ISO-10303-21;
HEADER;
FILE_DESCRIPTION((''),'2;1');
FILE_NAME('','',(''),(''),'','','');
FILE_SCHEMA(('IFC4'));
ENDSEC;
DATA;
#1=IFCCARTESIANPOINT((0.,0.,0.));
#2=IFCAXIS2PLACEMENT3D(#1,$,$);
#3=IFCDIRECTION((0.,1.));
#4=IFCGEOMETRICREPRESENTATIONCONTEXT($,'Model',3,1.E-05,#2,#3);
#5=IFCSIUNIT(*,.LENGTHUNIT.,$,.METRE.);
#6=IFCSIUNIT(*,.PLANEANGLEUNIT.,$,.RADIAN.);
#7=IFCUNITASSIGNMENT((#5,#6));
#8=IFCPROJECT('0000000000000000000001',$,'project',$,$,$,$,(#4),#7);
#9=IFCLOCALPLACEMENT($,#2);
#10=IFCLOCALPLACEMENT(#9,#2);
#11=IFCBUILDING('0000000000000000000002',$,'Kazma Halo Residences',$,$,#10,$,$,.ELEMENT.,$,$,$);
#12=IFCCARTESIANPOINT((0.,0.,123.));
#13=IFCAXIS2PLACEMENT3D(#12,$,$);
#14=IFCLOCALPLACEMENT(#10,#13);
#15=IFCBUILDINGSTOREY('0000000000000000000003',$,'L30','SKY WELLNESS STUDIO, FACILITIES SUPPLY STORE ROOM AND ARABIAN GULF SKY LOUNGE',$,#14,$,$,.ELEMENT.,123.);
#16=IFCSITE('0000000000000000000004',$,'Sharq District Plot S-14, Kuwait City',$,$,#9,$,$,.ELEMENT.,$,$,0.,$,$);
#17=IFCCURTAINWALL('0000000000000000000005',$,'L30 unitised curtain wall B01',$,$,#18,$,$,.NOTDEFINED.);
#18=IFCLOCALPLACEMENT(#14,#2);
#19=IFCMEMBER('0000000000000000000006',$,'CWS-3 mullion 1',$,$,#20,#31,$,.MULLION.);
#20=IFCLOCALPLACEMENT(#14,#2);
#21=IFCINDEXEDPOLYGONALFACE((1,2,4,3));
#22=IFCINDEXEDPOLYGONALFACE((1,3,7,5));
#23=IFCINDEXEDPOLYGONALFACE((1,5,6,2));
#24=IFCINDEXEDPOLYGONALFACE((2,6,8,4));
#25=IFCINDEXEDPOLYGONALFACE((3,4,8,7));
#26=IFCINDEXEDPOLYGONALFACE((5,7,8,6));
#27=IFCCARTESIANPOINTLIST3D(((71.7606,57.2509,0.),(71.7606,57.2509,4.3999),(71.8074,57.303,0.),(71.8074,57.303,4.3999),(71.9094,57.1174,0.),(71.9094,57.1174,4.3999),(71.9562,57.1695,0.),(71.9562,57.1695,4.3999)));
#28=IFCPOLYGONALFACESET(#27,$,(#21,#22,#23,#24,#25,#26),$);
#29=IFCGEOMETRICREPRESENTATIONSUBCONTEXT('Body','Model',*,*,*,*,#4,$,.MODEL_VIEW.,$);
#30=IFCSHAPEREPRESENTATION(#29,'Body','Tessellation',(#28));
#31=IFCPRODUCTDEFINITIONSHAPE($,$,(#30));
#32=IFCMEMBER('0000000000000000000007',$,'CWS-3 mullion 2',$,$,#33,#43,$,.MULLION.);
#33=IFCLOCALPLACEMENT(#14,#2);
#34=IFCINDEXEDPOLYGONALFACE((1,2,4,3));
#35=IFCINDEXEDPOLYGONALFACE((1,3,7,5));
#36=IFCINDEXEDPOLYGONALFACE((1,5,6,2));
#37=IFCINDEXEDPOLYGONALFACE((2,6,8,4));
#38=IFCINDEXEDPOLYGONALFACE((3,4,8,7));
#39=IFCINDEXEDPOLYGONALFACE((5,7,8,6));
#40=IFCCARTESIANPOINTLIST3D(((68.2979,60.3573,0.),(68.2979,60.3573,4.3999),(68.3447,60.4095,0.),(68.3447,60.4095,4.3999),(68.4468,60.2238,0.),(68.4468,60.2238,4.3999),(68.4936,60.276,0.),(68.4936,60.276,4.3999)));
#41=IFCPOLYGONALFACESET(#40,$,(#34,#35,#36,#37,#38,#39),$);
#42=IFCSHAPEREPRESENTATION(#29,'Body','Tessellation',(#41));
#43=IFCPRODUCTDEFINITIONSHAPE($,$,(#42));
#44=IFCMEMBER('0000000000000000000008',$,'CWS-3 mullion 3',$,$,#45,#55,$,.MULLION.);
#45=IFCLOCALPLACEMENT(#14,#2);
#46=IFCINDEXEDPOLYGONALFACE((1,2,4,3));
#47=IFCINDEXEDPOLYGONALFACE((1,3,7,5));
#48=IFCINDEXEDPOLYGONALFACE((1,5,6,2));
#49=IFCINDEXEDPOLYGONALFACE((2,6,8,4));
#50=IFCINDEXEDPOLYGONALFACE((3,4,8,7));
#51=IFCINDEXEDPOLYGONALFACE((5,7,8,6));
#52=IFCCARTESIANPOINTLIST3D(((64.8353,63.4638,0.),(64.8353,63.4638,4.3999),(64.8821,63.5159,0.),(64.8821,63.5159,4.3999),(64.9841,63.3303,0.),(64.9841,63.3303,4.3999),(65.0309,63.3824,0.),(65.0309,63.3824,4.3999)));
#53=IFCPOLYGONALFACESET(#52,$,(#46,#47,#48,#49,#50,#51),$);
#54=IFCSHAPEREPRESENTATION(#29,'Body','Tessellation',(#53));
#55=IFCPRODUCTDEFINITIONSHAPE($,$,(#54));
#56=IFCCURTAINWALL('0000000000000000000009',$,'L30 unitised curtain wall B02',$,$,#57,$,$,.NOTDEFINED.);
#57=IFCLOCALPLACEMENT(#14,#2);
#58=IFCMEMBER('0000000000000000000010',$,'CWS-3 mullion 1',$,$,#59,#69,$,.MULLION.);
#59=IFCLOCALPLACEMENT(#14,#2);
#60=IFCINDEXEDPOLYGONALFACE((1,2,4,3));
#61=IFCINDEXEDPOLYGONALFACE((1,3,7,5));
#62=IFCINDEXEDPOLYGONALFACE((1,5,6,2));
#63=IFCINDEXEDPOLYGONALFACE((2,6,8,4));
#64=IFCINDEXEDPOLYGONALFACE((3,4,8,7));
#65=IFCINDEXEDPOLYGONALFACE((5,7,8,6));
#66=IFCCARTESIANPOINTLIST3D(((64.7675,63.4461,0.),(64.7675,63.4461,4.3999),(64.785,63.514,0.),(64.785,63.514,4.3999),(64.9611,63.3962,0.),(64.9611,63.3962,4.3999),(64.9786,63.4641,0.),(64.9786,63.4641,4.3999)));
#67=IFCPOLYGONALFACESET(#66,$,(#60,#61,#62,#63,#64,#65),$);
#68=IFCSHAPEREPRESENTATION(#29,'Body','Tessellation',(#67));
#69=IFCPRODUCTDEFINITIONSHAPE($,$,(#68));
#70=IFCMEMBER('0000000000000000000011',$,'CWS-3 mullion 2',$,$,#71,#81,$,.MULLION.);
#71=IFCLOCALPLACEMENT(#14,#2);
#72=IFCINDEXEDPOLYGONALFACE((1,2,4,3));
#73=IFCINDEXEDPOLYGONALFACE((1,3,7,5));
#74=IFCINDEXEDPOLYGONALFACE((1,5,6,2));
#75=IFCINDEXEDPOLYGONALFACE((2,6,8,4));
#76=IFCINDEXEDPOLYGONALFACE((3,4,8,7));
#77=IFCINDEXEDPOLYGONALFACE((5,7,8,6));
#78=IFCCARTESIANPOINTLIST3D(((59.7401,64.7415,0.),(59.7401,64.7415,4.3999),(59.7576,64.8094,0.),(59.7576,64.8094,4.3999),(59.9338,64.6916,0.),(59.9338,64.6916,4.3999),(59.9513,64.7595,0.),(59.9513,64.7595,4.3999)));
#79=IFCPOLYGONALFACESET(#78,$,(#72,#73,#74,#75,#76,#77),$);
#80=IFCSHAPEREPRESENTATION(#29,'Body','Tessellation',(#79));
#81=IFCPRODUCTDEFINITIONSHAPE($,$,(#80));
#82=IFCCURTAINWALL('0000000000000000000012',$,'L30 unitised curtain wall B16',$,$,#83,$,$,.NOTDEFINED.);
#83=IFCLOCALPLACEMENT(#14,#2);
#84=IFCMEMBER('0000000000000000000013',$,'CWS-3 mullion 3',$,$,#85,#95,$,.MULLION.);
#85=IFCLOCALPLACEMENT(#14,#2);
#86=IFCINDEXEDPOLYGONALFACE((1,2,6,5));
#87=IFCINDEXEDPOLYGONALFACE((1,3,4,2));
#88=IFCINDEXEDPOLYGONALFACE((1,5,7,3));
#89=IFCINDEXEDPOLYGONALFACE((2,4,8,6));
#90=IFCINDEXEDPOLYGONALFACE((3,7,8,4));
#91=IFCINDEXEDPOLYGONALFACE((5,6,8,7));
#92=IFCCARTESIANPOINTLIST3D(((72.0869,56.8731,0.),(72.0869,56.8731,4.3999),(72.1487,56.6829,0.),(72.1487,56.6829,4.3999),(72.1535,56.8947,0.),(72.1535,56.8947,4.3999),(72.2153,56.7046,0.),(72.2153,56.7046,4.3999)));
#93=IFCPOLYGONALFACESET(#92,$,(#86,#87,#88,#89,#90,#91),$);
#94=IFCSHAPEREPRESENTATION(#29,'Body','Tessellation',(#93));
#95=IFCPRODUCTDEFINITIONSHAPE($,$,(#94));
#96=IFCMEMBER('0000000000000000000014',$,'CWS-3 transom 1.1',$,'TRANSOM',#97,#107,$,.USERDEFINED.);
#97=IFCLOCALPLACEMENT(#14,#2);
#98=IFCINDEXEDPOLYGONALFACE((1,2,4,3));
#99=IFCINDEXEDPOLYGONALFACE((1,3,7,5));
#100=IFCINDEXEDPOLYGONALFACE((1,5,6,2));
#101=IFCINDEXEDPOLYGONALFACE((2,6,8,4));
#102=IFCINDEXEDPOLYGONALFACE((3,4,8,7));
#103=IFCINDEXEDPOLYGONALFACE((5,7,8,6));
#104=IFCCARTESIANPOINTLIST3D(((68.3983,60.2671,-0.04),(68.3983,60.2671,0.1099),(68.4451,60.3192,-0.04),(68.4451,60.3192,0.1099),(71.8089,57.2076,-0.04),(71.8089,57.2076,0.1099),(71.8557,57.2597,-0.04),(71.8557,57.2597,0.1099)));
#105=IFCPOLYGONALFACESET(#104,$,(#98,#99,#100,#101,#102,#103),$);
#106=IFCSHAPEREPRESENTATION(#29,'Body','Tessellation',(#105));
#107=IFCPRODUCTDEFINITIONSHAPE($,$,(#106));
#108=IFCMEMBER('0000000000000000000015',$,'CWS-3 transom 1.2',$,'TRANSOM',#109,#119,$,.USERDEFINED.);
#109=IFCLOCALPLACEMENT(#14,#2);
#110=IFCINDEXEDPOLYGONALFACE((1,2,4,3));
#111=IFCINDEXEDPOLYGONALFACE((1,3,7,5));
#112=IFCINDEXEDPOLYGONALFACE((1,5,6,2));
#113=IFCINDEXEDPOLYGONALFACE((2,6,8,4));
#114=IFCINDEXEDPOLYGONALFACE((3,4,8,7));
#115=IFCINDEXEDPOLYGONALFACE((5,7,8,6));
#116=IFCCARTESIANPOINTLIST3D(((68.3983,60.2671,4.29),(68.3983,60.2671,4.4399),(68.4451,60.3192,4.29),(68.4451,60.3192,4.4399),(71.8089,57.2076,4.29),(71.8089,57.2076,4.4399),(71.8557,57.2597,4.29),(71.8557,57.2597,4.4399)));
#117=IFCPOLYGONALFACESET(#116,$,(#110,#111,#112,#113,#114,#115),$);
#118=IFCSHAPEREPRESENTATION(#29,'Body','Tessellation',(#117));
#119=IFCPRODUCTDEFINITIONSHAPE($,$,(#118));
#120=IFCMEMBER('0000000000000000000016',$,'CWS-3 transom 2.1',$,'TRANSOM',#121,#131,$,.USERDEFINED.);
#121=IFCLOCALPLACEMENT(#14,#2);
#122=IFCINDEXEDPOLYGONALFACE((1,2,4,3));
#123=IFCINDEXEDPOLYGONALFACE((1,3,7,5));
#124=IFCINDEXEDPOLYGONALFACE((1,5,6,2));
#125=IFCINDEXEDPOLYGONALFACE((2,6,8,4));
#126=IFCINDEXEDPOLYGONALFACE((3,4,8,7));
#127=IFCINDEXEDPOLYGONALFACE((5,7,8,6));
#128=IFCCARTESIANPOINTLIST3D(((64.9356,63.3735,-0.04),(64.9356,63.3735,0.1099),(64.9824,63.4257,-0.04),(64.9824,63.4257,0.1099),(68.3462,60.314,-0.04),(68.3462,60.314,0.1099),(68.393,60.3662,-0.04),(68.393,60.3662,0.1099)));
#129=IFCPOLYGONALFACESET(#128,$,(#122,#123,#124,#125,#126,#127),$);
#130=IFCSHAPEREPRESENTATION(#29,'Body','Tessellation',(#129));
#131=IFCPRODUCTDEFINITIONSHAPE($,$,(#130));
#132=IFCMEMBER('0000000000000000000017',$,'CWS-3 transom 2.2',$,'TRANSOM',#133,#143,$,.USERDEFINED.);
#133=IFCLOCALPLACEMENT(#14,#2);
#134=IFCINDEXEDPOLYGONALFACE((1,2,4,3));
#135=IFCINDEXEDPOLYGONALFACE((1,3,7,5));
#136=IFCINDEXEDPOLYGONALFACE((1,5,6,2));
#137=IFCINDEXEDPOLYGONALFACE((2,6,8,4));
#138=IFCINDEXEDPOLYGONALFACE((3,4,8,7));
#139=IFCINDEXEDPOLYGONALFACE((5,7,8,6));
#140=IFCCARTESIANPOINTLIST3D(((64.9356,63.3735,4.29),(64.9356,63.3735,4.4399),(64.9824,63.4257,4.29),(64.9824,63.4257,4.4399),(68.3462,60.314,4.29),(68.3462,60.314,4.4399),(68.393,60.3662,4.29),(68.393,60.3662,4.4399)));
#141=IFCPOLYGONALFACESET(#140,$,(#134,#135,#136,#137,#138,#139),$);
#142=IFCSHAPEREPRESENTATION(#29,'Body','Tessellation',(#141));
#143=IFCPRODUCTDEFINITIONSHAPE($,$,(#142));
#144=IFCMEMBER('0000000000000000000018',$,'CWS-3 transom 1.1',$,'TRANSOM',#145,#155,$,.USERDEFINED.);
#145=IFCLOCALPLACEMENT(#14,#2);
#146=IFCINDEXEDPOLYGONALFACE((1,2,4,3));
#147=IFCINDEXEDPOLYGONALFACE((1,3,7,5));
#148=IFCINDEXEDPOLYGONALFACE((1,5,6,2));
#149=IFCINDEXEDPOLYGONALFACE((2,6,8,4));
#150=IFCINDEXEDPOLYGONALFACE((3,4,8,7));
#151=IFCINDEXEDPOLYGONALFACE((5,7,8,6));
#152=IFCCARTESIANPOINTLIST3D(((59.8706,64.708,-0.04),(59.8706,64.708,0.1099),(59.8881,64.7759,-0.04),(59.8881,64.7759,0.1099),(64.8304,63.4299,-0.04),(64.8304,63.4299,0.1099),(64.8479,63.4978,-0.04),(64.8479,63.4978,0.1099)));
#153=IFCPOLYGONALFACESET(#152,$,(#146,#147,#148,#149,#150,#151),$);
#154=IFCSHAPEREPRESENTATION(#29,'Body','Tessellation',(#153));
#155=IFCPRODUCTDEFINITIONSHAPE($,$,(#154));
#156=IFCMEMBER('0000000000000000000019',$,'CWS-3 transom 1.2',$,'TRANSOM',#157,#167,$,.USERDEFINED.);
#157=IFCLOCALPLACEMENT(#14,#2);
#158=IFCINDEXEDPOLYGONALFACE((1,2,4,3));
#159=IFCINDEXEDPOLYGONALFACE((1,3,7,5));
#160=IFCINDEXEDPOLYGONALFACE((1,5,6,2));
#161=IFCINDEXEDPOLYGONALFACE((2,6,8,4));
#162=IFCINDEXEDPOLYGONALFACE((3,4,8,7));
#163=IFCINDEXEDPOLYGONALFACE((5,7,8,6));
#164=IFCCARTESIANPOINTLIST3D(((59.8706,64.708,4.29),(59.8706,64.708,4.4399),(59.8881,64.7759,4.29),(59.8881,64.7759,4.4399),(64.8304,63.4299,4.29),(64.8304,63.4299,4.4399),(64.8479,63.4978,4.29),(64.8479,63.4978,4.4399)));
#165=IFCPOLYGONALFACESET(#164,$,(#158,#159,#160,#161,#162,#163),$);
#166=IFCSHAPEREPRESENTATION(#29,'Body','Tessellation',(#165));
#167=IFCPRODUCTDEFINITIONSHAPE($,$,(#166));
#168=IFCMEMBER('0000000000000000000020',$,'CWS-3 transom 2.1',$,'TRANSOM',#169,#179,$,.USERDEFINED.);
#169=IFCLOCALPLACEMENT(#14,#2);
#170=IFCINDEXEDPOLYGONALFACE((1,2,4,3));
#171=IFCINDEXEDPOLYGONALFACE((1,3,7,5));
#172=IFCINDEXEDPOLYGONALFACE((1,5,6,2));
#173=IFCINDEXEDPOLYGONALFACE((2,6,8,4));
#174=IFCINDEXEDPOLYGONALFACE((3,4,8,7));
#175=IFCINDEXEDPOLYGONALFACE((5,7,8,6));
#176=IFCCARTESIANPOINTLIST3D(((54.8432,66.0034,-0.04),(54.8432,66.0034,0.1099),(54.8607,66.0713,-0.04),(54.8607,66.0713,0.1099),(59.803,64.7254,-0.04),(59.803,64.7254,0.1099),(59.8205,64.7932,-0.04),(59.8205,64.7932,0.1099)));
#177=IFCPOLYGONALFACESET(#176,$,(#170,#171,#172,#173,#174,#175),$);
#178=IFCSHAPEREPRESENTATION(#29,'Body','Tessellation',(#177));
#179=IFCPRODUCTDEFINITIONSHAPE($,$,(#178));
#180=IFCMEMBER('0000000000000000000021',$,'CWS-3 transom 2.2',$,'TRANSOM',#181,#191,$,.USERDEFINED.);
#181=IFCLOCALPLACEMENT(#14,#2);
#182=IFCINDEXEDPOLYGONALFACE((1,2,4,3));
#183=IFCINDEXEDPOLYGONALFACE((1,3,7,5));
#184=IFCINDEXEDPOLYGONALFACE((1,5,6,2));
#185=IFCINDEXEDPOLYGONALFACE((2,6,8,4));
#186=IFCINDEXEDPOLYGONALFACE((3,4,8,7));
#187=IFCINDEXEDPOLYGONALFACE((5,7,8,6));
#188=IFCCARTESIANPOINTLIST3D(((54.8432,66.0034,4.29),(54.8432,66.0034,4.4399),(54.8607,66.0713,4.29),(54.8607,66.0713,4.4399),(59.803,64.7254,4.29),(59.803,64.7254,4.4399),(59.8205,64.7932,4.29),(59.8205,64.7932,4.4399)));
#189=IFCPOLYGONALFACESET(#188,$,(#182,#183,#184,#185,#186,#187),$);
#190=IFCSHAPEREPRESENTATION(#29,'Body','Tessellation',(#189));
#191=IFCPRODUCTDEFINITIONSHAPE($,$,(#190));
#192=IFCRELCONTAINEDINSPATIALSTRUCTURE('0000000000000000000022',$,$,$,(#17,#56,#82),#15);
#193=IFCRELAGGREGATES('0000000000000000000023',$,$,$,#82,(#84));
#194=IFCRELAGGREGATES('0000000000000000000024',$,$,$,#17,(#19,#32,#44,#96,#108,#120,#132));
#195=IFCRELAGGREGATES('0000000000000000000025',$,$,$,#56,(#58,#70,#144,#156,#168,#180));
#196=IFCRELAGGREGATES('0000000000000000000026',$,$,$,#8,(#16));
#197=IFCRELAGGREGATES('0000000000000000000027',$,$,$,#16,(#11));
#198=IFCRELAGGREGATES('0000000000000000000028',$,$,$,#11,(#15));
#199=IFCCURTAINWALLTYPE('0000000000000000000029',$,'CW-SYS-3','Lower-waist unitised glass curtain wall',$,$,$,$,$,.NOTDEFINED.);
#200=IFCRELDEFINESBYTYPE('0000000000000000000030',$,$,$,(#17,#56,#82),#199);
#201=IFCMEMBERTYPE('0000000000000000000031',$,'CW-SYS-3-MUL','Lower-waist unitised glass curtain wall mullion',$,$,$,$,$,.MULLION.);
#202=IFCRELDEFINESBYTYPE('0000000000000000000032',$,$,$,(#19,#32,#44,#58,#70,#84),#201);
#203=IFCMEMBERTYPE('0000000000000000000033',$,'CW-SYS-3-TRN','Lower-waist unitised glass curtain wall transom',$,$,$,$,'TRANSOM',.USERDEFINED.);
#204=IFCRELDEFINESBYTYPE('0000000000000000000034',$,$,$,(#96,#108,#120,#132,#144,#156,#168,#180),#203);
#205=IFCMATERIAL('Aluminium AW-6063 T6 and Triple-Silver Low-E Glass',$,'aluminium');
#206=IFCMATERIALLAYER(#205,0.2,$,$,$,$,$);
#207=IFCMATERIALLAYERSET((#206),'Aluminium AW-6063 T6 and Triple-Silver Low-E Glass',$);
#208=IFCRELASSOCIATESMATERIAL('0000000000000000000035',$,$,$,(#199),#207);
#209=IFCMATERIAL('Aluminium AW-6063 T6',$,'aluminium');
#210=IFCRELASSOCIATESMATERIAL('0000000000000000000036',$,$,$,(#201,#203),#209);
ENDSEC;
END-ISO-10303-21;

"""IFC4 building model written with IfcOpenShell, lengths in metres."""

from ifc_helpers import new_model, si_unit, direction, frame, origin, origin_2d, place, context, subcontext, project, spatial, rectangle, extrude, material, layer, layer_set, material_profile, profile_set, type_object, element, aggregate, save


model = new_model("IFC4")

# Units and contexts
model_context = context("Model", 3, precision=1e-05, world=origin(), true_north=direction((0.0, 1.0)))
body_context = subcontext(model_context, "Body", "Model", "MODEL_VIEW")
ifc_project = project(units=[si_unit("LENGTHUNIT", "METRE"), si_unit("PLANEANGLEUNIT", "RADIAN")], contexts=[model_context])

# Site, building, storey
site_placement = place(None, origin())
site = spatial("IfcSite", under=ifc_project, at=site_placement, Name="Sharq District Plot S-14, Kuwait City", CompositionType="ELEMENT", RefElevation=0.0)
building_placement = place(site_placement, origin())
building = spatial("IfcBuilding", under=site, at=building_placement, Name="Kazma Halo Residences", CompositionType="ELEMENT")
storey_placement = place(building_placement, frame((0.0, 0.0, 123.0)))
storey = spatial("IfcBuildingStorey", under=building, at=storey_placement, Name="L30", Description="SKY WELLNESS STUDIO, FACILITIES SUPPLY STORE ROOM AND ARABIAN GULF SKY LOUNGE", CompositionType="ELEMENT", Elevation=123.0)

# Curtain walls, members
ifc_material_1 = material(Name="Aluminium AW-6063 T6 and Triple-Silver Low-E Glass", Category="aluminium")
ifc_layer_1 = layer(ifc_material_1, 0.2)
ifc_layer_set_1 = layer_set([ifc_layer_1], Name="Aluminium AW-6063 T6 and Triple-Silver Low-E Glass")
curtain_wall_type = type_object("IfcCurtainWallType", Name="CW-SYS-3", Description="Lower-waist unitised glass curtain wall", PredefinedType="NOTDEFINED", material=ifc_layer_set_1)
curtain_wall_1_placement = place(storey_placement, origin())
curtain_wall_1 = element("IfcCurtainWall", 1, at=curtain_wall_1_placement, inside=storey, type_object=curtain_wall_type, Name="L30 unitised curtain wall B01", PredefinedType="NOTDEFINED")
ifc_material_2 = material(Name="Aluminium AW-6063 T6", Category="aluminium")
ifc_material_profile_1 = material_profile(ifc_material_2, rectangle(XDim=0.0701, YDim=0.2, at=origin_2d()), Name="CWM-70x200")
ifc_profile_set_1 = profile_set([ifc_material_profile_1], Name="Aluminium AW-6063 T6")
member_type_1 = type_object("IfcMemberType", Name="CW-SYS-3-MUL", Description="Lower-waist unitised glass curtain wall mullion", PredefinedType="MULLION", material=ifc_profile_set_1)
member_1_placement = place(storey_placement, frame((71.8584, 57.2102, 0.0), z_axis=(0.0, 0.0, 1.0), x_axis=(-0.667782, -0.744357, 0.0)))
member_1 = element("IfcMember", 2, at=member_1_placement, type_object=member_type_1, Name="CWS-3 mullion 1", PredefinedType="MULLION", context=body_context, shape_type="SweptSolid", body=[
    extrude(rectangle(XDim=0.0701, YDim=0.2, at=origin_2d()), origin(), (0.0, 0.0, 1.0), 4.3999),
])
member_2_placement = place(storey_placement, frame((68.3958, 60.3167, 0.0), z_axis=(0.0, 0.0, 1.0), x_axis=(-0.667782, -0.744357, 0.0)))
member_2 = element("IfcMember", 3, at=member_2_placement, type_object=member_type_1, Name="CWS-3 mullion 2", PredefinedType="MULLION", context=body_context, shape_type="SweptSolid", body=[
    extrude(rectangle(XDim=0.0701, YDim=0.2, at=origin_2d()), origin(), (0.0, 0.0, 1.0), 4.3999),
])
member_3_placement = place(storey_placement, frame((64.9331, 63.4231, 0.0), z_axis=(0.0, 0.0, 1.0), x_axis=(-0.667782, -0.744357, 0.0)))
member_3 = element("IfcMember", 4, at=member_3_placement, type_object=member_type_1, Name="CWS-3 mullion 3", PredefinedType="MULLION", context=body_context, shape_type="SweptSolid", body=[
    extrude(rectangle(XDim=0.0701, YDim=0.2, at=origin_2d()), origin(), (0.0, 0.0, 1.0), 4.3999),
])
curtain_wall_2_placement = place(storey_placement, origin())
curtain_wall_2 = element("IfcCurtainWall", 5, at=curtain_wall_2_placement, inside=storey, type_object=curtain_wall_type, Name="L30 unitised curtain wall B02", PredefinedType="NOTDEFINED")
member_4_placement = place(storey_placement, frame((64.873, 63.4551, 0.0), z_axis=(0.0, 0.0, 1.0), x_axis=(-0.249525, -0.968368, 0.0)))
member_4 = element("IfcMember", 6, at=member_4_placement, type_object=member_type_1, Name="CWS-3 mullion 1", PredefinedType="MULLION", context=body_context, shape_type="SweptSolid", body=[
    extrude(rectangle(XDim=0.0701, YDim=0.2, at=origin_2d()), origin(), (0.0, 0.0, 1.0), 4.3999),
])
member_5_placement = place(storey_placement, frame((59.8457, 64.7505, 0.0), z_axis=(0.0, 0.0, 1.0), x_axis=(-0.249525, -0.968368, 0.0)))
member_5 = element("IfcMember", 7, at=member_5_placement, type_object=member_type_1, Name="CWS-3 mullion 2", PredefinedType="MULLION", context=body_context, shape_type="SweptSolid", body=[
    extrude(rectangle(XDim=0.0701, YDim=0.2, at=origin_2d()), origin(), (0.0, 0.0, 1.0), 4.3999),
])

# Curtain wall, member
curtain_wall_3_placement = place(storey_placement, origin())
curtain_wall_3 = element("IfcCurtainWall", 8, at=curtain_wall_3_placement, inside=storey, type_object=curtain_wall_type, Name="L30 unitised curtain wall B16", PredefinedType="NOTDEFINED")
member_6_placement = place(storey_placement, frame((72.1511, 56.7888, 0.0), z_axis=(0.0, 0.0, 1.0), x_axis=(-0.951056, -0.309018, 0.0)))
member_6 = element("IfcMember", 9, at=member_6_placement, type_object=member_type_1, Name="CWS-3 mullion 3", PredefinedType="MULLION", context=body_context, shape_type="SweptSolid", body=[
    extrude(rectangle(XDim=0.0701, YDim=0.2, at=origin_2d()), origin(), (0.0, 0.0, 1.0), 4.3999),
])
aggregate(curtain_wall_3, [member_6])

# Members
ifc_material_profile_2 = material_profile(ifc_material_2, rectangle(XDim=0.0701, YDim=0.1499, at=origin_2d()), Name="CWT-70x150")
ifc_profile_set_2 = profile_set([ifc_material_profile_2], Name="Aluminium AW-6063 T6")
member_type_2 = type_object("IfcMemberType", Name="CW-SYS-3-TRN", Description="Lower-waist unitised glass curtain wall transom", ElementType="TRANSOM", PredefinedType="USERDEFINED", material=ifc_profile_set_2)
member_7_placement = place(storey_placement, frame((71.8323, 57.2336, 0.0349), z_axis=(-0.744379, 0.667757, 0.0), x_axis=(-0.667757, -0.744379, 0.0)))
member_7 = element("IfcMember", 10, at=member_7_placement, type_object=member_type_2, Name="CWS-3 transom 1.1", ObjectType="TRANSOM", PredefinedType="USERDEFINED", context=body_context, shape_type="SweptSolid", body=[
    extrude(rectangle(XDim=0.0701, YDim=0.1499, at=origin_2d()), origin(), (0.0, 0.0, 1.0), 4.5818),
])
member_8_placement = place(storey_placement, frame((71.8323, 57.2336, 4.365), z_axis=(-0.744379, 0.667757, 0.0), x_axis=(-0.667757, -0.744379, 0.0)))
member_8 = element("IfcMember", 11, at=member_8_placement, type_object=member_type_2, Name="CWS-3 transom 1.2", ObjectType="TRANSOM", PredefinedType="USERDEFINED", context=body_context, shape_type="SweptSolid", body=[
    extrude(rectangle(XDim=0.0701, YDim=0.1499, at=origin_2d()), origin(), (0.0, 0.0, 1.0), 4.5818),
])
member_9_placement = place(storey_placement, frame((68.3696, 60.3401, 0.0349), z_axis=(-0.744379, 0.667757, 0.0), x_axis=(-0.667757, -0.744379, 0.0)))
member_9 = element("IfcMember", 12, at=member_9_placement, type_object=member_type_2, Name="CWS-3 transom 2.1", ObjectType="TRANSOM", PredefinedType="USERDEFINED", context=body_context, shape_type="SweptSolid", body=[
    extrude(rectangle(XDim=0.0701, YDim=0.1499, at=origin_2d()), origin(), (0.0, 0.0, 1.0), 4.5818),
])
member_10_placement = place(storey_placement, frame((68.3696, 60.3401, 4.365), z_axis=(-0.744379, 0.667757, 0.0), x_axis=(-0.667757, -0.744379, 0.0)))
member_10 = element("IfcMember", 13, at=member_10_placement, type_object=member_type_2, Name="CWS-3 transom 2.2", ObjectType="TRANSOM", PredefinedType="USERDEFINED", context=body_context, shape_type="SweptSolid", body=[
    extrude(rectangle(XDim=0.0701, YDim=0.1499, at=origin_2d()), origin(), (0.0, 0.0, 1.0), 4.5818),
])
member_11_placement = place(storey_placement, frame((64.8391, 63.4639, 0.0349), z_axis=(-0.968365, 0.249539, 0.0), x_axis=(-0.249539, -0.968365, 0.0)))
member_11 = element("IfcMember", 14, at=member_11_placement, type_object=member_type_2, Name="CWS-3 transom 1.1", ObjectType="TRANSOM", PredefinedType="USERDEFINED", context=body_context, shape_type="SweptSolid", body=[
    extrude(rectangle(XDim=0.0701, YDim=0.1499, at=origin_2d()), origin(), (0.0, 0.0, 1.0), 5.1218),
])
member_12_placement = place(storey_placement, frame((64.8391, 63.4639, 4.365), z_axis=(-0.968365, 0.249539, 0.0), x_axis=(-0.249539, -0.968365, 0.0)))
member_12 = element("IfcMember", 15, at=member_12_placement, type_object=member_type_2, Name="CWS-3 transom 1.2", ObjectType="TRANSOM", PredefinedType="USERDEFINED", context=body_context, shape_type="SweptSolid", body=[
    extrude(rectangle(XDim=0.0701, YDim=0.1499, at=origin_2d()), origin(), (0.0, 0.0, 1.0), 5.1218),
])
member_13_placement = place(storey_placement, frame((59.8118, 64.7593, 0.0349), z_axis=(-0.968365, 0.249539, 0.0), x_axis=(-0.249539, -0.968365, 0.0)))
member_13 = element("IfcMember", 16, at=member_13_placement, type_object=member_type_2, Name="CWS-3 transom 2.1", ObjectType="TRANSOM", PredefinedType="USERDEFINED", context=body_context, shape_type="SweptSolid", body=[
    extrude(rectangle(XDim=0.0701, YDim=0.1499, at=origin_2d()), origin(), (0.0, 0.0, 1.0), 5.1218),
])
member_14_placement = place(storey_placement, frame((59.8118, 64.7593, 4.365), z_axis=(-0.968365, 0.249539, 0.0), x_axis=(-0.249539, -0.968365, 0.0)))
member_14 = element("IfcMember", 17, at=member_14_placement, type_object=member_type_2, Name="CWS-3 transom 2.2", ObjectType="TRANSOM", PredefinedType="USERDEFINED", context=body_context, shape_type="SweptSolid", body=[
    extrude(rectangle(XDim=0.0701, YDim=0.1499, at=origin_2d()), origin(), (0.0, 0.0, 1.0), 5.1218),
])

aggregate(curtain_wall_1, [member_1, member_2, member_3, member_7, member_8, member_9, member_10])
aggregate(curtain_wall_2, [member_4, member_5, member_11, member_12, member_13, member_14])

save(model, "model.ifc")
